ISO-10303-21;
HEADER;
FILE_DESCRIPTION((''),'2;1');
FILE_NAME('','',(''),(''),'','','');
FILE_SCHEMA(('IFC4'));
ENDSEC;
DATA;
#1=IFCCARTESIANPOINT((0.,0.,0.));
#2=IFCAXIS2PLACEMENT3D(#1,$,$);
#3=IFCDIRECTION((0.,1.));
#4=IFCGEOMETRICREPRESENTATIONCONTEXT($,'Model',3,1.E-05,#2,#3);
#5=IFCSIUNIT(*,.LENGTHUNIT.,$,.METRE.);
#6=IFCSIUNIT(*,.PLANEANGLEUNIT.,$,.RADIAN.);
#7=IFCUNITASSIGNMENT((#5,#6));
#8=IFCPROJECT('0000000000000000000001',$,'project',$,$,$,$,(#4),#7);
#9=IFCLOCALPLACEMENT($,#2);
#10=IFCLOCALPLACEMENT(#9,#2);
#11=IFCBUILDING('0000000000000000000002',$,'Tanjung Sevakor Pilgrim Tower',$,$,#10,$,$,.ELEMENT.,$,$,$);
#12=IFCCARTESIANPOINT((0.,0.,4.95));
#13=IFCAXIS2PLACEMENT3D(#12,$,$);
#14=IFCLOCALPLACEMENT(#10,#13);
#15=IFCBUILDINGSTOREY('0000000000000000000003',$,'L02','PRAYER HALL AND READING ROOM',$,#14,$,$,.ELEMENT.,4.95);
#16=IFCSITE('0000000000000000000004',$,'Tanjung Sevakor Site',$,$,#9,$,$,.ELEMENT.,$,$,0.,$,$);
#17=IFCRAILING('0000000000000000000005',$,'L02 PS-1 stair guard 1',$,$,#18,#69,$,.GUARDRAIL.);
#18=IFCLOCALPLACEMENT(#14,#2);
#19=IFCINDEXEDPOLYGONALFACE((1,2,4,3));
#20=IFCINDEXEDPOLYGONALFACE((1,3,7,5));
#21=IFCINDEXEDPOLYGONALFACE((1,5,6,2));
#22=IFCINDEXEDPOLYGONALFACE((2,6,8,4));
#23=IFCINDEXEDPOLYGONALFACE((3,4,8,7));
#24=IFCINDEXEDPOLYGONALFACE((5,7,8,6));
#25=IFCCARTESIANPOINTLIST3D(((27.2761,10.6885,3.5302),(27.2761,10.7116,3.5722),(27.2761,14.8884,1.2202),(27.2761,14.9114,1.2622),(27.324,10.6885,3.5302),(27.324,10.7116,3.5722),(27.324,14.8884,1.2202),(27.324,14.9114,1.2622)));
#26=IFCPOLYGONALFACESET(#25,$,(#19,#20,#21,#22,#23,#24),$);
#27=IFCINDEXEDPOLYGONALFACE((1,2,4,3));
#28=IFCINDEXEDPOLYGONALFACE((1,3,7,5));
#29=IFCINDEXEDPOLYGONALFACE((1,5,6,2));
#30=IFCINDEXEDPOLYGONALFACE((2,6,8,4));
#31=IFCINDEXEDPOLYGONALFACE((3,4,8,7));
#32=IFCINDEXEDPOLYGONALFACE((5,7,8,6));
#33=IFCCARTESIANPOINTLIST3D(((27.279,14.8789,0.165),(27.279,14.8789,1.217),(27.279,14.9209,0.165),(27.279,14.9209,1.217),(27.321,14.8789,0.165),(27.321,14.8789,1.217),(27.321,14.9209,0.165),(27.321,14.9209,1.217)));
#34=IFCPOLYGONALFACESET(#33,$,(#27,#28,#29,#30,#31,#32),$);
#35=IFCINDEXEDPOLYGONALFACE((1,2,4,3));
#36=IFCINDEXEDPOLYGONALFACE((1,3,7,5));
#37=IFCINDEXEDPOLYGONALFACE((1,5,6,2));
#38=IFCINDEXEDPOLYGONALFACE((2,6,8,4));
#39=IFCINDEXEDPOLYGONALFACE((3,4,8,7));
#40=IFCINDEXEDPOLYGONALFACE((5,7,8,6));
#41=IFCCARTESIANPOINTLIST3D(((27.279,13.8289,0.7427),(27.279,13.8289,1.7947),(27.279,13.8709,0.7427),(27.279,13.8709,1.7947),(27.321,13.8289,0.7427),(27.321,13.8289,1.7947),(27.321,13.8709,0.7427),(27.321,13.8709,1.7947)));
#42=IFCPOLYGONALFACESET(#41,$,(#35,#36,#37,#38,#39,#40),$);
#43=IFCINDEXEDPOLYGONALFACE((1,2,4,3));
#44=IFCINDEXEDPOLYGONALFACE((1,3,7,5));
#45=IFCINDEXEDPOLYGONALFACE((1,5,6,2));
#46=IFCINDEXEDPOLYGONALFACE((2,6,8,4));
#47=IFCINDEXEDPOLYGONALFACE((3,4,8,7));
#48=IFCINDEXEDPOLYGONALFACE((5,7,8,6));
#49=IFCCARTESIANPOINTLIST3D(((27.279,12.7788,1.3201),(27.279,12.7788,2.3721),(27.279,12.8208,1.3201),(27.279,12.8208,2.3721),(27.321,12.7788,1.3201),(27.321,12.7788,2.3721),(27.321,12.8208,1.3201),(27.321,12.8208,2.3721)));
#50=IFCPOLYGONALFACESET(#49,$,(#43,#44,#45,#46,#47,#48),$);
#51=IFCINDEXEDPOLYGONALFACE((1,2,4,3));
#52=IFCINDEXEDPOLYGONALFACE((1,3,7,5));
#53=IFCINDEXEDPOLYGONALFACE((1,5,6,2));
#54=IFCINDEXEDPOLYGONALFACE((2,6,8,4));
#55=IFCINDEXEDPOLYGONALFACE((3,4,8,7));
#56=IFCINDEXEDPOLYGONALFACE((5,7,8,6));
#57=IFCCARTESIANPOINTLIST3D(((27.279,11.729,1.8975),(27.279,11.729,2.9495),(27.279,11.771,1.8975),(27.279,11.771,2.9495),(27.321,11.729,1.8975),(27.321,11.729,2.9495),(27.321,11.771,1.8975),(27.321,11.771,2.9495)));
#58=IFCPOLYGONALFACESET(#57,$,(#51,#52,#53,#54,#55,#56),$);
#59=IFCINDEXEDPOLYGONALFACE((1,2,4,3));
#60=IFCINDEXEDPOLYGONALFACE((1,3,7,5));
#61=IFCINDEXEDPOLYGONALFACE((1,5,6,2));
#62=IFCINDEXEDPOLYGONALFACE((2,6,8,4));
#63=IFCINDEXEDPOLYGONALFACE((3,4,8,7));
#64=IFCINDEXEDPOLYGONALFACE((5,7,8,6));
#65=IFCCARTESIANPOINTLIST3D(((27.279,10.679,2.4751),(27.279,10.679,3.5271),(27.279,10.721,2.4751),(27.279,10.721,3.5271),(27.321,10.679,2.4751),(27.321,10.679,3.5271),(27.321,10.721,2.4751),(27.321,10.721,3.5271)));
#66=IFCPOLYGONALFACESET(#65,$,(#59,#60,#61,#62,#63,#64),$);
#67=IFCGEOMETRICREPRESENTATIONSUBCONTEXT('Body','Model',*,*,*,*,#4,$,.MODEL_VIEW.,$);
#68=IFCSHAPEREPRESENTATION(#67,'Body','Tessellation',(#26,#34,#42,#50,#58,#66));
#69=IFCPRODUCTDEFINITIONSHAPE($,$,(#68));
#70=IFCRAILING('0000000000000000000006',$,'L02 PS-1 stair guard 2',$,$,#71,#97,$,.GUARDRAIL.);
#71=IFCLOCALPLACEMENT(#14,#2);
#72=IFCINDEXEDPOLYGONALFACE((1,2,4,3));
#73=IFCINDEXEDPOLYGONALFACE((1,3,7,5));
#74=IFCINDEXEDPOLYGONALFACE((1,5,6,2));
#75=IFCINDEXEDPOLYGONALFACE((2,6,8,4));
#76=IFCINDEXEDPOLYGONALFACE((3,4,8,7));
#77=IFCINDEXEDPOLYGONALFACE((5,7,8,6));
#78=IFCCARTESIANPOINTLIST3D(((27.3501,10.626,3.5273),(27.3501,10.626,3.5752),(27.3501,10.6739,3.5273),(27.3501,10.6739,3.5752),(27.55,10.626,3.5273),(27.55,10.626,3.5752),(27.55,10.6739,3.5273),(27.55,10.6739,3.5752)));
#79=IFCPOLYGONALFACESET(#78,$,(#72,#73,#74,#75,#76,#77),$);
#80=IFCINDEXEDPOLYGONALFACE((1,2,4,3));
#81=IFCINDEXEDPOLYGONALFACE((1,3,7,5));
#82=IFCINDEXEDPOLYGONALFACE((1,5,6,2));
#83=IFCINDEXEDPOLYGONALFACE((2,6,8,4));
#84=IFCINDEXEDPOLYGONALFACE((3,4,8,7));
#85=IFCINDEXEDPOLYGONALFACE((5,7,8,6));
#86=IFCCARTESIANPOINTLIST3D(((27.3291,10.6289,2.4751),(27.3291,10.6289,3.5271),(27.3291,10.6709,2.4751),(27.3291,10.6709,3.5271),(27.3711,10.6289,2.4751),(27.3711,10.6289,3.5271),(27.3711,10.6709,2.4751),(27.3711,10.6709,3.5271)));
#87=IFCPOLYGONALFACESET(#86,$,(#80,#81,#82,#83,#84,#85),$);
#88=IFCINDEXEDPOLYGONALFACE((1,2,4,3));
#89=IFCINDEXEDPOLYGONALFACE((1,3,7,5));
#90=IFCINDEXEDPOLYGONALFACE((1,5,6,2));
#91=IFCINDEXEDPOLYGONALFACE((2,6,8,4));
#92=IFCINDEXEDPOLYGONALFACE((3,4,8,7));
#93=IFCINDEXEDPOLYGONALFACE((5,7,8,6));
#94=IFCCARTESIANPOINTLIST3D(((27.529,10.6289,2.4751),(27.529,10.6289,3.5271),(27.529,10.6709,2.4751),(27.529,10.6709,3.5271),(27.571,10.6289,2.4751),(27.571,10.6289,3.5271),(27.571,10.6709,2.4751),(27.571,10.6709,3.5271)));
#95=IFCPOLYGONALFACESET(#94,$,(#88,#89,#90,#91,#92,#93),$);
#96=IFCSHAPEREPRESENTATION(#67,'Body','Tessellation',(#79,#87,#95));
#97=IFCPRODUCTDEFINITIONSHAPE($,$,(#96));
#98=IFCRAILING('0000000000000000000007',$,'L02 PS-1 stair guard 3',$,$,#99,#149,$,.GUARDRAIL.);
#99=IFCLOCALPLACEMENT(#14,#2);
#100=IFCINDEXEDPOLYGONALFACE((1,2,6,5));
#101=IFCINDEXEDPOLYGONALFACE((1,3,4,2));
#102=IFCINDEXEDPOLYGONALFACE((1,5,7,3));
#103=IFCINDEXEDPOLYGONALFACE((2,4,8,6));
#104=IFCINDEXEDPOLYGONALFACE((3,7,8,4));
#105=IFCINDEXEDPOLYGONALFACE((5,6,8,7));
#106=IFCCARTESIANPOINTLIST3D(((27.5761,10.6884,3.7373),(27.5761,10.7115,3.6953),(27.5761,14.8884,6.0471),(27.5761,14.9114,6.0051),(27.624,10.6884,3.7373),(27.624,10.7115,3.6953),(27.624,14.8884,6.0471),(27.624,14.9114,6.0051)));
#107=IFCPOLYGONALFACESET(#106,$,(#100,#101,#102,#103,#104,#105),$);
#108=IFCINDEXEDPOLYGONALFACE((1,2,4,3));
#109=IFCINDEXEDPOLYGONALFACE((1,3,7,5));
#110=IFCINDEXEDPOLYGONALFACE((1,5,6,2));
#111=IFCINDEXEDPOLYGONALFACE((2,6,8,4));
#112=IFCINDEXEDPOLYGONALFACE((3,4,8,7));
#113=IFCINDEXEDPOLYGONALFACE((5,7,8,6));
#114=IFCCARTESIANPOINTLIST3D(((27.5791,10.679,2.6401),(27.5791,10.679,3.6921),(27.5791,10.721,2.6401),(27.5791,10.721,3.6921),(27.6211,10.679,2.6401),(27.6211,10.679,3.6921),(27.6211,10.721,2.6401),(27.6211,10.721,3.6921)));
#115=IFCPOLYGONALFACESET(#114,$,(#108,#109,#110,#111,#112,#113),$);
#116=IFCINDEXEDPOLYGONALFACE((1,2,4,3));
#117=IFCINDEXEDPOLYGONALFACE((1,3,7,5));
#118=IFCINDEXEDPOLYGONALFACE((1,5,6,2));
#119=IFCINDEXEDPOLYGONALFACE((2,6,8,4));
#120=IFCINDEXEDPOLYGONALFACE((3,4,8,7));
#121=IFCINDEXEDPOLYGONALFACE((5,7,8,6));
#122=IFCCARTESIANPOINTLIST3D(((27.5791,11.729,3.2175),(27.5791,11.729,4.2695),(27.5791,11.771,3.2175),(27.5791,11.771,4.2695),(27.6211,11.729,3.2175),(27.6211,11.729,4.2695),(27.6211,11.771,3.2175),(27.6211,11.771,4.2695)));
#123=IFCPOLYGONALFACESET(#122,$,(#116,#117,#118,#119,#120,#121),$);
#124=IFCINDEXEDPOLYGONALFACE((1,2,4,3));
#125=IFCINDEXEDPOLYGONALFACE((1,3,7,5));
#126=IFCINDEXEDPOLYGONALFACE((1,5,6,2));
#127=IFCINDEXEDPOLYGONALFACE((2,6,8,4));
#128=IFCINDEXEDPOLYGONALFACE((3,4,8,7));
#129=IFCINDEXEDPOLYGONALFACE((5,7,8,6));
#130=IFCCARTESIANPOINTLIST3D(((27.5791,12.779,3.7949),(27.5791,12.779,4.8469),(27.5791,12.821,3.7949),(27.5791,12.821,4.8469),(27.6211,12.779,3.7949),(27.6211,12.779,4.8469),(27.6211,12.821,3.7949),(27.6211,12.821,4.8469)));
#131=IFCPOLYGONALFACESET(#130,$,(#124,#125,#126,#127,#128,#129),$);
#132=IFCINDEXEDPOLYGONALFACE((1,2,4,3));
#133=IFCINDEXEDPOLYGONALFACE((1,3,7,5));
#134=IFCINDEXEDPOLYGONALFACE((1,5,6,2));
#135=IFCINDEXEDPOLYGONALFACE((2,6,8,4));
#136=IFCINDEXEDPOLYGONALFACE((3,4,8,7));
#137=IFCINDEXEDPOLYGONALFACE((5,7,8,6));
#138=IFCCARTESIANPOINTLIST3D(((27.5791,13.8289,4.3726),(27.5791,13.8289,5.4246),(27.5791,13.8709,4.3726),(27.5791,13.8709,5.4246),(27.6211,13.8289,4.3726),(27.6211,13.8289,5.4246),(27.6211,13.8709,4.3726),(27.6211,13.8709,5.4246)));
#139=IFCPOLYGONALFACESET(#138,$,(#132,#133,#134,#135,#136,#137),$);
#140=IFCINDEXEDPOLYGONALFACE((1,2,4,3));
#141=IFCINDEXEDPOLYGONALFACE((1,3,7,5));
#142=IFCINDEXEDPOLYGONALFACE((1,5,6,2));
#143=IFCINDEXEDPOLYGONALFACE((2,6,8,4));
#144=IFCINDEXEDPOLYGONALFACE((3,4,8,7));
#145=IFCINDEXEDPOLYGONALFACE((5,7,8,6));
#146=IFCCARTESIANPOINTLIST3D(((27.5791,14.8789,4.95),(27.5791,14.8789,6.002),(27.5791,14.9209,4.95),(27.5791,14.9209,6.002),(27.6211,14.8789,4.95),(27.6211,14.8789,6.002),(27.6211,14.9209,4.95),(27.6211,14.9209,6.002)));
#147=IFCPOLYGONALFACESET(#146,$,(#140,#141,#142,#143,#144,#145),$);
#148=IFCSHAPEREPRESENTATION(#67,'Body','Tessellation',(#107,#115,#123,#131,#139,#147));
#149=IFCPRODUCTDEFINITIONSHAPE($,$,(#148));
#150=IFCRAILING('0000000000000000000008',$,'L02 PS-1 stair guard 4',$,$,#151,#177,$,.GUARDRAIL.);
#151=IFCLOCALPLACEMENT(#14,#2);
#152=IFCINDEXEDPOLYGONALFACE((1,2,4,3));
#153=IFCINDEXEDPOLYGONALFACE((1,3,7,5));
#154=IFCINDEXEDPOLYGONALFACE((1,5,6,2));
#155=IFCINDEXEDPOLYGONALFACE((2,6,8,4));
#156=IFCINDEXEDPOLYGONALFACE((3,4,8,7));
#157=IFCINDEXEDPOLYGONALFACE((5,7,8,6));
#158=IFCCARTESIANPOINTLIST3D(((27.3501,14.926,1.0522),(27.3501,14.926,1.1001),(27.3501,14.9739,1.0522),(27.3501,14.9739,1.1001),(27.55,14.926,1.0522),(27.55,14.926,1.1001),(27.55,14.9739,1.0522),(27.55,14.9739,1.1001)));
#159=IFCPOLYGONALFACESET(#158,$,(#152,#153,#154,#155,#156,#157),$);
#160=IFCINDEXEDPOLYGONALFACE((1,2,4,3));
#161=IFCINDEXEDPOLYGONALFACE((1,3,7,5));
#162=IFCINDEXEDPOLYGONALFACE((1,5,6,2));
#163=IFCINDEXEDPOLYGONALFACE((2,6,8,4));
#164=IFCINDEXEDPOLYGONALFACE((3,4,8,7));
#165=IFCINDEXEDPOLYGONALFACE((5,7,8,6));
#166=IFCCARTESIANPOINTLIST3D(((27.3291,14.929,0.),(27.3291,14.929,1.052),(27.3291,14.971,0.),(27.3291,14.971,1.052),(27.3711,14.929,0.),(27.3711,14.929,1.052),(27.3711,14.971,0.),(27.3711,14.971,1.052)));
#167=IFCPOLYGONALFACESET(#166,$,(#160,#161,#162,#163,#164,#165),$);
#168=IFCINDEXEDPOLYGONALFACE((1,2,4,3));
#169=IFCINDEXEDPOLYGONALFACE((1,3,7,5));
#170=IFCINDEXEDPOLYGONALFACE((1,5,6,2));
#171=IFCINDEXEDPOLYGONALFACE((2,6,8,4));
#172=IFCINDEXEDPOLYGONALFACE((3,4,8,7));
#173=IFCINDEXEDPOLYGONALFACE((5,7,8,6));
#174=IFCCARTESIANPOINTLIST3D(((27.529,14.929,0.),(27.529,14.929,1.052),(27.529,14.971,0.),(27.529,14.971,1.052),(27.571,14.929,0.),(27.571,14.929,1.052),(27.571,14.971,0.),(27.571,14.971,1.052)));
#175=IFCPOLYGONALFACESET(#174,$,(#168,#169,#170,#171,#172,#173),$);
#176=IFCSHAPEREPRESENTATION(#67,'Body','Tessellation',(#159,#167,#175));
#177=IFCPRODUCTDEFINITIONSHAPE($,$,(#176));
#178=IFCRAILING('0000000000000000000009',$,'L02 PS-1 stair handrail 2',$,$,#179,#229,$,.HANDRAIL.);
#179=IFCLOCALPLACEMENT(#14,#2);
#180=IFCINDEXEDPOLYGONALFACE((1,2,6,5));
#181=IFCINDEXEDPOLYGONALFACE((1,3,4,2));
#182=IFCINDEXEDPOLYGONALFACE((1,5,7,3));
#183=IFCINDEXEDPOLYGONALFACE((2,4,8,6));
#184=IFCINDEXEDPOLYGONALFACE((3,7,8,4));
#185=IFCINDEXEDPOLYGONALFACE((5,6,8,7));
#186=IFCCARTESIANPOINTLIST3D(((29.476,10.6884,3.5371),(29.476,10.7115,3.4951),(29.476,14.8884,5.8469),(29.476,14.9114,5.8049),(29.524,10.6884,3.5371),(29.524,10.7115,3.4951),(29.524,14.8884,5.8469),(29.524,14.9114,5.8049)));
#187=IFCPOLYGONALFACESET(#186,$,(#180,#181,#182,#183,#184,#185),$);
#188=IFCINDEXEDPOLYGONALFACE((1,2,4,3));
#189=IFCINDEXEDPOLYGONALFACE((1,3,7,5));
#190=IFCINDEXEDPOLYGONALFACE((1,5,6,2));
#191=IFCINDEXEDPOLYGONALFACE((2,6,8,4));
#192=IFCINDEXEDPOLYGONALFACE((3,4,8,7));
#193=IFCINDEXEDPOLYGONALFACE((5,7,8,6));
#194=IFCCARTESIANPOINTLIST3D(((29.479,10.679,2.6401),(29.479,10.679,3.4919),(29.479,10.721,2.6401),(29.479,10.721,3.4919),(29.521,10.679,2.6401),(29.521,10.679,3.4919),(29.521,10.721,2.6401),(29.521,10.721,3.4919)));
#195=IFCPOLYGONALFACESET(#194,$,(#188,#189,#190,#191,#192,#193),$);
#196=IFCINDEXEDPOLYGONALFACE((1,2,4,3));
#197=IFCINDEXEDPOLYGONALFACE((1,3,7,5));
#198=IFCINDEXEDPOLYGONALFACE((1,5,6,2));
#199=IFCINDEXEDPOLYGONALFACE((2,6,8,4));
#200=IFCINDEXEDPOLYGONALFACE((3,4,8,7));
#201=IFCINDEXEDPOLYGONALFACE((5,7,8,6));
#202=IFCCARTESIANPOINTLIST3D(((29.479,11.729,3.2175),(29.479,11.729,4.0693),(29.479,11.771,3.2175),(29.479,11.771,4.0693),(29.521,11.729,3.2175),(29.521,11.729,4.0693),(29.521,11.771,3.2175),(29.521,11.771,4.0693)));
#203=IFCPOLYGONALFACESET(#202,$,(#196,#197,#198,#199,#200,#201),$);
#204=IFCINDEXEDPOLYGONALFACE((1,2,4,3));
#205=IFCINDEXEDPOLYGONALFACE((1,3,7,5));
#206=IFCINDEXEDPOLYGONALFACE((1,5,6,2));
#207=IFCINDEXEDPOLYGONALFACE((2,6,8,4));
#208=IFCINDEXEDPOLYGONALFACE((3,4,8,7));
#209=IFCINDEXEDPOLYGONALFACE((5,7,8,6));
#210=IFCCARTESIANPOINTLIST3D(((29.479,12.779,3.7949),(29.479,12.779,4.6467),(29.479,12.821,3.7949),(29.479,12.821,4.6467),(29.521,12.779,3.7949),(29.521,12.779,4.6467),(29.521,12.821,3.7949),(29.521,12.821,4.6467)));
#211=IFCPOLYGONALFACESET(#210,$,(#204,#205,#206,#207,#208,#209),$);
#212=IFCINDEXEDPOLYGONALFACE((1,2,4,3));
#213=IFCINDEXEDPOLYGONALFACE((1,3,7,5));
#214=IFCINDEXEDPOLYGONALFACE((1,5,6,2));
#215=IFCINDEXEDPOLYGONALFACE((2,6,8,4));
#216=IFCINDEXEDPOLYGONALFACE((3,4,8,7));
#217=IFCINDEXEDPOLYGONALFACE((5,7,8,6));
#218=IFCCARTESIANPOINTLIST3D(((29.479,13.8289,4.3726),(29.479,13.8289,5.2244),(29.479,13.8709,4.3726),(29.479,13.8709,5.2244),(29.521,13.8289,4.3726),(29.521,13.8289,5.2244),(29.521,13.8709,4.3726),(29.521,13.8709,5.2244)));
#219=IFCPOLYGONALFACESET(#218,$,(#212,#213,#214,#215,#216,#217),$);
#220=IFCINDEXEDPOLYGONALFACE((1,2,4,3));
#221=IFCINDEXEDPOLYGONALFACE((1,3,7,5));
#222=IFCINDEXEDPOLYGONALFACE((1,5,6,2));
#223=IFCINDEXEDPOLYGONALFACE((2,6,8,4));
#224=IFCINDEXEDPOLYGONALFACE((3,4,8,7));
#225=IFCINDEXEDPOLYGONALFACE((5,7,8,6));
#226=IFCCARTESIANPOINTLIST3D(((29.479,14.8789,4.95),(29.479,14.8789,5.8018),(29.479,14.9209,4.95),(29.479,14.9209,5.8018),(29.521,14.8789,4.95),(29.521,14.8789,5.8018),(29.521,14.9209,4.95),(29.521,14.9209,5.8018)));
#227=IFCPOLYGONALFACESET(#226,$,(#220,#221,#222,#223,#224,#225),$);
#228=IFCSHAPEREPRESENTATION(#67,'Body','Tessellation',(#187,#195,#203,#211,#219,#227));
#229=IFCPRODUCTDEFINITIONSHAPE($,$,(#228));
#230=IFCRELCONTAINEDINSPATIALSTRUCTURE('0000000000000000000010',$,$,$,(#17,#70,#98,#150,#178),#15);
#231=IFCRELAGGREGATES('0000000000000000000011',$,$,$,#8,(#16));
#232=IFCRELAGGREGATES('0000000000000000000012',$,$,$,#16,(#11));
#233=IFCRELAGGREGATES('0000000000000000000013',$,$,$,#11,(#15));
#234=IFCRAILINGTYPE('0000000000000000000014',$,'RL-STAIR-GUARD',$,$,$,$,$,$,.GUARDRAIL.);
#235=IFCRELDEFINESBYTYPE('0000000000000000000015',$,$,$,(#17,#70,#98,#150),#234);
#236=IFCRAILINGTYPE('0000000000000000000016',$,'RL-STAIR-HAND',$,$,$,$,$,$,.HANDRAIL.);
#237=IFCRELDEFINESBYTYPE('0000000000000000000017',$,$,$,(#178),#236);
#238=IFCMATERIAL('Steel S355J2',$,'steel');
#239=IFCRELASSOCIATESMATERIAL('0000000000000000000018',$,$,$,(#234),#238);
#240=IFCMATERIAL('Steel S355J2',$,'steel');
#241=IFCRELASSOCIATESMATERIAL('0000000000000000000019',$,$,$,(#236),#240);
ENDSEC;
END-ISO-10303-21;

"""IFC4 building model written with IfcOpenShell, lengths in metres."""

from ifc_helpers import new_model, si_unit, direction, frame, origin, place, context, subcontext, project, spatial, rectangle, extrude, material, type_object, element, save


model = new_model("IFC4")

# Units and contexts
model_context = context("Model", 3, precision=1e-05, world=origin(), true_north=direction((0.0, 1.0)))
body_context = subcontext(model_context, "Body", "Model", "MODEL_VIEW")
ifc_project = project(units=[si_unit("LENGTHUNIT", "METRE"), si_unit("PLANEANGLEUNIT", "RADIAN")], contexts=[model_context])

# Site, building, storey
site_placement = place(None, origin())
site = spatial("IfcSite", under=ifc_project, at=site_placement, Name="Tanjung Sevakor Site", CompositionType="ELEMENT", RefElevation=0.0)
building_placement = place(site_placement, origin())
building = spatial("IfcBuilding", under=site, at=building_placement, Name="Tanjung Sevakor Pilgrim Tower", CompositionType="ELEMENT")
storey_placement = place(building_placement, frame((0.0, 0.0, 4.95)))
storey = spatial("IfcBuildingStorey", under=building, at=storey_placement, Name="L02", Description="PRAYER HALL AND READING ROOM", CompositionType="ELEMENT", Elevation=4.95)

# Railings
ifc_material_1 = material(Name="Steel S355J2", Category="steel")
railing_type_1 = type_object("IfcRailingType", Name="RL-STAIR-GUARD", PredefinedType="GUARDRAIL", material=ifc_material_1)
railing_1_placement = place(storey_placement, frame((27.3, 14.8999, 0.165)))
element("IfcRailing", 1, at=railing_1_placement, inside=storey, type_object=railing_type_1, Name="L02 PS-1 stair guard 1", PredefinedType="GUARDRAIL", context=body_context, shape_type="SweptSolid", body=[
    extrude(rectangle(XDim=0.0479, YDim=0.0479), frame((0.0, 0.0, 1.0762), z_axis=(0.0, -0.876208, 0.481932), x_axis=(1.0, 0.0, 0.0)), (0.0, 0.0, 1.0), 4.7932),
    extrude(rectangle(XDim=0.042, YDim=0.042), origin(), (0.0, 0.0, 1.0), 1.052),
    extrude(rectangle(XDim=0.042, YDim=0.042), frame((0.0, -1.05, 0.5776)), (0.0, 0.0, 1.0), 1.052),
    extrude(rectangle(XDim=0.042, YDim=0.042), frame((0.0, -2.1001, 1.155)), (0.0, 0.0, 1.0), 1.052),
    extrude(rectangle(XDim=0.042, YDim=0.042), frame((0.0, -3.1499, 1.7324)), (0.0, 0.0, 1.0), 1.052),
    extrude(rectangle(XDim=0.042, YDim=0.042), frame((0.0, -4.2, 2.3101)), (0.0, 0.0, 1.0), 1.052),
])
railing_2_placement = place(storey_placement, frame((27.3501, 10.6499, 2.4751)))
element("IfcRailing", 2, at=railing_2_placement, inside=storey, type_object=railing_type_1, Name="L02 PS-1 stair guard 2", PredefinedType="GUARDRAIL", context=body_context, shape_type="SweptSolid", body=[
    extrude(rectangle(XDim=0.0479, YDim=0.0479), frame((0.0, 0.0, 1.0762), z_axis=(1.0, 0.0, 0.0), x_axis=(0.0, 1.0, 0.0)), (0.0, 0.0, 1.0), 0.2),
    extrude(rectangle(XDim=0.042, YDim=0.042), origin(), (0.0, 0.0, 1.0), 1.052),
    extrude(rectangle(XDim=0.042, YDim=0.042), frame((0.2, 0.0, 0.0)), (0.0, 0.0, 1.0), 1.052),
])
railing_3_placement = place(storey_placement, frame((27.6001, 10.7, 2.6401)))
element("IfcRailing", 3, at=railing_3_placement, inside=storey, type_object=railing_type_1, Name="L02 PS-1 stair guard 3", PredefinedType="GUARDRAIL", context=body_context, shape_type="SweptSolid", body=[
    extrude(rectangle(XDim=0.0479, YDim=0.0479), frame((0.0, 0.0, 1.0762), z_axis=(0.0, 0.87623, 0.481893), x_axis=(-1.0, 0.0, 0.0)), (0.0, 0.0, 1.0), 4.7932),
    extrude(rectangle(XDim=0.042, YDim=0.042), origin(), (0.0, 0.0, 1.0), 1.052),
    extrude(rectangle(XDim=0.042, YDim=0.042), frame((0.0, 1.05, 0.5774)), (0.0, 0.0, 1.0), 1.052),
    extrude(rectangle(XDim=0.042, YDim=0.042), frame((0.0, 2.1001, 1.1548)), (0.0, 0.0, 1.0), 1.052),
    extrude(rectangle(XDim=0.042, YDim=0.042), frame((0.0, 3.1499, 1.7324)), (0.0, 0.0, 1.0), 1.052),
    extrude(rectangle(XDim=0.042, YDim=0.042), frame((0.0, 4.2, 2.3098)), (0.0, 0.0, 1.0), 1.052),
])
railing_4_placement = place(storey_placement, frame((27.3501, 14.95, 0.0)))
element("IfcRailing", 4, at=railing_4_placement, inside=storey, type_object=railing_type_1, Name="L02 PS-1 stair guard 4", PredefinedType="GUARDRAIL", context=body_context, shape_type="SweptSolid", body=[
    extrude(rectangle(XDim=0.0479, YDim=0.0479), frame((0.0, 0.0, 1.0762), z_axis=(1.0, 0.0, 0.0), x_axis=(0.0, 1.0, 0.0)), (0.0, 0.0, 1.0), 0.2),
    extrude(rectangle(XDim=0.042, YDim=0.042), origin(), (0.0, 0.0, 1.0), 1.052),
    extrude(rectangle(XDim=0.042, YDim=0.042), frame((0.2, 0.0, 0.0)), (0.0, 0.0, 1.0), 1.052),
])
ifc_material_2 = material(Name="Steel S355J2", Category="steel")
railing_type_2 = type_object("IfcRailingType", Name="RL-STAIR-HAND", PredefinedType="HANDRAIL", material=ifc_material_2)
railing_5_placement = place(storey_placement, frame((29.5, 10.7, 2.6401)))
element("IfcRailing", 5, at=railing_5_placement, inside=storey, type_object=railing_type_2, Name="L02 PS-1 stair handrail 2", PredefinedType="HANDRAIL", context=body_context, shape_type="SweptSolid", body=[
    extrude(rectangle(XDim=0.0479, YDim=0.0479), frame((0.0, 0.0, 0.876), z_axis=(0.0, 0.87623, 0.481893), x_axis=(-1.0, 0.0, 0.0)), (0.0, 0.0, 1.0), 4.7932),
    extrude(rectangle(XDim=0.042, YDim=0.042), origin(), (0.0, 0.0, 1.0), 0.8518),
    extrude(rectangle(XDim=0.042, YDim=0.042), frame((0.0, 1.05, 0.5774)), (0.0, 0.0, 1.0), 0.8518),
    extrude(rectangle(XDim=0.042, YDim=0.042), frame((0.0, 2.1001, 1.1548)), (0.0, 0.0, 1.0), 0.8518),
    extrude(rectangle(XDim=0.042, YDim=0.042), frame((0.0, 3.1499, 1.7324)), (0.0, 0.0, 1.0), 0.8518),
    extrude(rectangle(XDim=0.042, YDim=0.042), frame((0.0, 4.2, 2.3098)), (0.0, 0.0, 1.0), 0.8518),
])

save(model, "model.ifc")
